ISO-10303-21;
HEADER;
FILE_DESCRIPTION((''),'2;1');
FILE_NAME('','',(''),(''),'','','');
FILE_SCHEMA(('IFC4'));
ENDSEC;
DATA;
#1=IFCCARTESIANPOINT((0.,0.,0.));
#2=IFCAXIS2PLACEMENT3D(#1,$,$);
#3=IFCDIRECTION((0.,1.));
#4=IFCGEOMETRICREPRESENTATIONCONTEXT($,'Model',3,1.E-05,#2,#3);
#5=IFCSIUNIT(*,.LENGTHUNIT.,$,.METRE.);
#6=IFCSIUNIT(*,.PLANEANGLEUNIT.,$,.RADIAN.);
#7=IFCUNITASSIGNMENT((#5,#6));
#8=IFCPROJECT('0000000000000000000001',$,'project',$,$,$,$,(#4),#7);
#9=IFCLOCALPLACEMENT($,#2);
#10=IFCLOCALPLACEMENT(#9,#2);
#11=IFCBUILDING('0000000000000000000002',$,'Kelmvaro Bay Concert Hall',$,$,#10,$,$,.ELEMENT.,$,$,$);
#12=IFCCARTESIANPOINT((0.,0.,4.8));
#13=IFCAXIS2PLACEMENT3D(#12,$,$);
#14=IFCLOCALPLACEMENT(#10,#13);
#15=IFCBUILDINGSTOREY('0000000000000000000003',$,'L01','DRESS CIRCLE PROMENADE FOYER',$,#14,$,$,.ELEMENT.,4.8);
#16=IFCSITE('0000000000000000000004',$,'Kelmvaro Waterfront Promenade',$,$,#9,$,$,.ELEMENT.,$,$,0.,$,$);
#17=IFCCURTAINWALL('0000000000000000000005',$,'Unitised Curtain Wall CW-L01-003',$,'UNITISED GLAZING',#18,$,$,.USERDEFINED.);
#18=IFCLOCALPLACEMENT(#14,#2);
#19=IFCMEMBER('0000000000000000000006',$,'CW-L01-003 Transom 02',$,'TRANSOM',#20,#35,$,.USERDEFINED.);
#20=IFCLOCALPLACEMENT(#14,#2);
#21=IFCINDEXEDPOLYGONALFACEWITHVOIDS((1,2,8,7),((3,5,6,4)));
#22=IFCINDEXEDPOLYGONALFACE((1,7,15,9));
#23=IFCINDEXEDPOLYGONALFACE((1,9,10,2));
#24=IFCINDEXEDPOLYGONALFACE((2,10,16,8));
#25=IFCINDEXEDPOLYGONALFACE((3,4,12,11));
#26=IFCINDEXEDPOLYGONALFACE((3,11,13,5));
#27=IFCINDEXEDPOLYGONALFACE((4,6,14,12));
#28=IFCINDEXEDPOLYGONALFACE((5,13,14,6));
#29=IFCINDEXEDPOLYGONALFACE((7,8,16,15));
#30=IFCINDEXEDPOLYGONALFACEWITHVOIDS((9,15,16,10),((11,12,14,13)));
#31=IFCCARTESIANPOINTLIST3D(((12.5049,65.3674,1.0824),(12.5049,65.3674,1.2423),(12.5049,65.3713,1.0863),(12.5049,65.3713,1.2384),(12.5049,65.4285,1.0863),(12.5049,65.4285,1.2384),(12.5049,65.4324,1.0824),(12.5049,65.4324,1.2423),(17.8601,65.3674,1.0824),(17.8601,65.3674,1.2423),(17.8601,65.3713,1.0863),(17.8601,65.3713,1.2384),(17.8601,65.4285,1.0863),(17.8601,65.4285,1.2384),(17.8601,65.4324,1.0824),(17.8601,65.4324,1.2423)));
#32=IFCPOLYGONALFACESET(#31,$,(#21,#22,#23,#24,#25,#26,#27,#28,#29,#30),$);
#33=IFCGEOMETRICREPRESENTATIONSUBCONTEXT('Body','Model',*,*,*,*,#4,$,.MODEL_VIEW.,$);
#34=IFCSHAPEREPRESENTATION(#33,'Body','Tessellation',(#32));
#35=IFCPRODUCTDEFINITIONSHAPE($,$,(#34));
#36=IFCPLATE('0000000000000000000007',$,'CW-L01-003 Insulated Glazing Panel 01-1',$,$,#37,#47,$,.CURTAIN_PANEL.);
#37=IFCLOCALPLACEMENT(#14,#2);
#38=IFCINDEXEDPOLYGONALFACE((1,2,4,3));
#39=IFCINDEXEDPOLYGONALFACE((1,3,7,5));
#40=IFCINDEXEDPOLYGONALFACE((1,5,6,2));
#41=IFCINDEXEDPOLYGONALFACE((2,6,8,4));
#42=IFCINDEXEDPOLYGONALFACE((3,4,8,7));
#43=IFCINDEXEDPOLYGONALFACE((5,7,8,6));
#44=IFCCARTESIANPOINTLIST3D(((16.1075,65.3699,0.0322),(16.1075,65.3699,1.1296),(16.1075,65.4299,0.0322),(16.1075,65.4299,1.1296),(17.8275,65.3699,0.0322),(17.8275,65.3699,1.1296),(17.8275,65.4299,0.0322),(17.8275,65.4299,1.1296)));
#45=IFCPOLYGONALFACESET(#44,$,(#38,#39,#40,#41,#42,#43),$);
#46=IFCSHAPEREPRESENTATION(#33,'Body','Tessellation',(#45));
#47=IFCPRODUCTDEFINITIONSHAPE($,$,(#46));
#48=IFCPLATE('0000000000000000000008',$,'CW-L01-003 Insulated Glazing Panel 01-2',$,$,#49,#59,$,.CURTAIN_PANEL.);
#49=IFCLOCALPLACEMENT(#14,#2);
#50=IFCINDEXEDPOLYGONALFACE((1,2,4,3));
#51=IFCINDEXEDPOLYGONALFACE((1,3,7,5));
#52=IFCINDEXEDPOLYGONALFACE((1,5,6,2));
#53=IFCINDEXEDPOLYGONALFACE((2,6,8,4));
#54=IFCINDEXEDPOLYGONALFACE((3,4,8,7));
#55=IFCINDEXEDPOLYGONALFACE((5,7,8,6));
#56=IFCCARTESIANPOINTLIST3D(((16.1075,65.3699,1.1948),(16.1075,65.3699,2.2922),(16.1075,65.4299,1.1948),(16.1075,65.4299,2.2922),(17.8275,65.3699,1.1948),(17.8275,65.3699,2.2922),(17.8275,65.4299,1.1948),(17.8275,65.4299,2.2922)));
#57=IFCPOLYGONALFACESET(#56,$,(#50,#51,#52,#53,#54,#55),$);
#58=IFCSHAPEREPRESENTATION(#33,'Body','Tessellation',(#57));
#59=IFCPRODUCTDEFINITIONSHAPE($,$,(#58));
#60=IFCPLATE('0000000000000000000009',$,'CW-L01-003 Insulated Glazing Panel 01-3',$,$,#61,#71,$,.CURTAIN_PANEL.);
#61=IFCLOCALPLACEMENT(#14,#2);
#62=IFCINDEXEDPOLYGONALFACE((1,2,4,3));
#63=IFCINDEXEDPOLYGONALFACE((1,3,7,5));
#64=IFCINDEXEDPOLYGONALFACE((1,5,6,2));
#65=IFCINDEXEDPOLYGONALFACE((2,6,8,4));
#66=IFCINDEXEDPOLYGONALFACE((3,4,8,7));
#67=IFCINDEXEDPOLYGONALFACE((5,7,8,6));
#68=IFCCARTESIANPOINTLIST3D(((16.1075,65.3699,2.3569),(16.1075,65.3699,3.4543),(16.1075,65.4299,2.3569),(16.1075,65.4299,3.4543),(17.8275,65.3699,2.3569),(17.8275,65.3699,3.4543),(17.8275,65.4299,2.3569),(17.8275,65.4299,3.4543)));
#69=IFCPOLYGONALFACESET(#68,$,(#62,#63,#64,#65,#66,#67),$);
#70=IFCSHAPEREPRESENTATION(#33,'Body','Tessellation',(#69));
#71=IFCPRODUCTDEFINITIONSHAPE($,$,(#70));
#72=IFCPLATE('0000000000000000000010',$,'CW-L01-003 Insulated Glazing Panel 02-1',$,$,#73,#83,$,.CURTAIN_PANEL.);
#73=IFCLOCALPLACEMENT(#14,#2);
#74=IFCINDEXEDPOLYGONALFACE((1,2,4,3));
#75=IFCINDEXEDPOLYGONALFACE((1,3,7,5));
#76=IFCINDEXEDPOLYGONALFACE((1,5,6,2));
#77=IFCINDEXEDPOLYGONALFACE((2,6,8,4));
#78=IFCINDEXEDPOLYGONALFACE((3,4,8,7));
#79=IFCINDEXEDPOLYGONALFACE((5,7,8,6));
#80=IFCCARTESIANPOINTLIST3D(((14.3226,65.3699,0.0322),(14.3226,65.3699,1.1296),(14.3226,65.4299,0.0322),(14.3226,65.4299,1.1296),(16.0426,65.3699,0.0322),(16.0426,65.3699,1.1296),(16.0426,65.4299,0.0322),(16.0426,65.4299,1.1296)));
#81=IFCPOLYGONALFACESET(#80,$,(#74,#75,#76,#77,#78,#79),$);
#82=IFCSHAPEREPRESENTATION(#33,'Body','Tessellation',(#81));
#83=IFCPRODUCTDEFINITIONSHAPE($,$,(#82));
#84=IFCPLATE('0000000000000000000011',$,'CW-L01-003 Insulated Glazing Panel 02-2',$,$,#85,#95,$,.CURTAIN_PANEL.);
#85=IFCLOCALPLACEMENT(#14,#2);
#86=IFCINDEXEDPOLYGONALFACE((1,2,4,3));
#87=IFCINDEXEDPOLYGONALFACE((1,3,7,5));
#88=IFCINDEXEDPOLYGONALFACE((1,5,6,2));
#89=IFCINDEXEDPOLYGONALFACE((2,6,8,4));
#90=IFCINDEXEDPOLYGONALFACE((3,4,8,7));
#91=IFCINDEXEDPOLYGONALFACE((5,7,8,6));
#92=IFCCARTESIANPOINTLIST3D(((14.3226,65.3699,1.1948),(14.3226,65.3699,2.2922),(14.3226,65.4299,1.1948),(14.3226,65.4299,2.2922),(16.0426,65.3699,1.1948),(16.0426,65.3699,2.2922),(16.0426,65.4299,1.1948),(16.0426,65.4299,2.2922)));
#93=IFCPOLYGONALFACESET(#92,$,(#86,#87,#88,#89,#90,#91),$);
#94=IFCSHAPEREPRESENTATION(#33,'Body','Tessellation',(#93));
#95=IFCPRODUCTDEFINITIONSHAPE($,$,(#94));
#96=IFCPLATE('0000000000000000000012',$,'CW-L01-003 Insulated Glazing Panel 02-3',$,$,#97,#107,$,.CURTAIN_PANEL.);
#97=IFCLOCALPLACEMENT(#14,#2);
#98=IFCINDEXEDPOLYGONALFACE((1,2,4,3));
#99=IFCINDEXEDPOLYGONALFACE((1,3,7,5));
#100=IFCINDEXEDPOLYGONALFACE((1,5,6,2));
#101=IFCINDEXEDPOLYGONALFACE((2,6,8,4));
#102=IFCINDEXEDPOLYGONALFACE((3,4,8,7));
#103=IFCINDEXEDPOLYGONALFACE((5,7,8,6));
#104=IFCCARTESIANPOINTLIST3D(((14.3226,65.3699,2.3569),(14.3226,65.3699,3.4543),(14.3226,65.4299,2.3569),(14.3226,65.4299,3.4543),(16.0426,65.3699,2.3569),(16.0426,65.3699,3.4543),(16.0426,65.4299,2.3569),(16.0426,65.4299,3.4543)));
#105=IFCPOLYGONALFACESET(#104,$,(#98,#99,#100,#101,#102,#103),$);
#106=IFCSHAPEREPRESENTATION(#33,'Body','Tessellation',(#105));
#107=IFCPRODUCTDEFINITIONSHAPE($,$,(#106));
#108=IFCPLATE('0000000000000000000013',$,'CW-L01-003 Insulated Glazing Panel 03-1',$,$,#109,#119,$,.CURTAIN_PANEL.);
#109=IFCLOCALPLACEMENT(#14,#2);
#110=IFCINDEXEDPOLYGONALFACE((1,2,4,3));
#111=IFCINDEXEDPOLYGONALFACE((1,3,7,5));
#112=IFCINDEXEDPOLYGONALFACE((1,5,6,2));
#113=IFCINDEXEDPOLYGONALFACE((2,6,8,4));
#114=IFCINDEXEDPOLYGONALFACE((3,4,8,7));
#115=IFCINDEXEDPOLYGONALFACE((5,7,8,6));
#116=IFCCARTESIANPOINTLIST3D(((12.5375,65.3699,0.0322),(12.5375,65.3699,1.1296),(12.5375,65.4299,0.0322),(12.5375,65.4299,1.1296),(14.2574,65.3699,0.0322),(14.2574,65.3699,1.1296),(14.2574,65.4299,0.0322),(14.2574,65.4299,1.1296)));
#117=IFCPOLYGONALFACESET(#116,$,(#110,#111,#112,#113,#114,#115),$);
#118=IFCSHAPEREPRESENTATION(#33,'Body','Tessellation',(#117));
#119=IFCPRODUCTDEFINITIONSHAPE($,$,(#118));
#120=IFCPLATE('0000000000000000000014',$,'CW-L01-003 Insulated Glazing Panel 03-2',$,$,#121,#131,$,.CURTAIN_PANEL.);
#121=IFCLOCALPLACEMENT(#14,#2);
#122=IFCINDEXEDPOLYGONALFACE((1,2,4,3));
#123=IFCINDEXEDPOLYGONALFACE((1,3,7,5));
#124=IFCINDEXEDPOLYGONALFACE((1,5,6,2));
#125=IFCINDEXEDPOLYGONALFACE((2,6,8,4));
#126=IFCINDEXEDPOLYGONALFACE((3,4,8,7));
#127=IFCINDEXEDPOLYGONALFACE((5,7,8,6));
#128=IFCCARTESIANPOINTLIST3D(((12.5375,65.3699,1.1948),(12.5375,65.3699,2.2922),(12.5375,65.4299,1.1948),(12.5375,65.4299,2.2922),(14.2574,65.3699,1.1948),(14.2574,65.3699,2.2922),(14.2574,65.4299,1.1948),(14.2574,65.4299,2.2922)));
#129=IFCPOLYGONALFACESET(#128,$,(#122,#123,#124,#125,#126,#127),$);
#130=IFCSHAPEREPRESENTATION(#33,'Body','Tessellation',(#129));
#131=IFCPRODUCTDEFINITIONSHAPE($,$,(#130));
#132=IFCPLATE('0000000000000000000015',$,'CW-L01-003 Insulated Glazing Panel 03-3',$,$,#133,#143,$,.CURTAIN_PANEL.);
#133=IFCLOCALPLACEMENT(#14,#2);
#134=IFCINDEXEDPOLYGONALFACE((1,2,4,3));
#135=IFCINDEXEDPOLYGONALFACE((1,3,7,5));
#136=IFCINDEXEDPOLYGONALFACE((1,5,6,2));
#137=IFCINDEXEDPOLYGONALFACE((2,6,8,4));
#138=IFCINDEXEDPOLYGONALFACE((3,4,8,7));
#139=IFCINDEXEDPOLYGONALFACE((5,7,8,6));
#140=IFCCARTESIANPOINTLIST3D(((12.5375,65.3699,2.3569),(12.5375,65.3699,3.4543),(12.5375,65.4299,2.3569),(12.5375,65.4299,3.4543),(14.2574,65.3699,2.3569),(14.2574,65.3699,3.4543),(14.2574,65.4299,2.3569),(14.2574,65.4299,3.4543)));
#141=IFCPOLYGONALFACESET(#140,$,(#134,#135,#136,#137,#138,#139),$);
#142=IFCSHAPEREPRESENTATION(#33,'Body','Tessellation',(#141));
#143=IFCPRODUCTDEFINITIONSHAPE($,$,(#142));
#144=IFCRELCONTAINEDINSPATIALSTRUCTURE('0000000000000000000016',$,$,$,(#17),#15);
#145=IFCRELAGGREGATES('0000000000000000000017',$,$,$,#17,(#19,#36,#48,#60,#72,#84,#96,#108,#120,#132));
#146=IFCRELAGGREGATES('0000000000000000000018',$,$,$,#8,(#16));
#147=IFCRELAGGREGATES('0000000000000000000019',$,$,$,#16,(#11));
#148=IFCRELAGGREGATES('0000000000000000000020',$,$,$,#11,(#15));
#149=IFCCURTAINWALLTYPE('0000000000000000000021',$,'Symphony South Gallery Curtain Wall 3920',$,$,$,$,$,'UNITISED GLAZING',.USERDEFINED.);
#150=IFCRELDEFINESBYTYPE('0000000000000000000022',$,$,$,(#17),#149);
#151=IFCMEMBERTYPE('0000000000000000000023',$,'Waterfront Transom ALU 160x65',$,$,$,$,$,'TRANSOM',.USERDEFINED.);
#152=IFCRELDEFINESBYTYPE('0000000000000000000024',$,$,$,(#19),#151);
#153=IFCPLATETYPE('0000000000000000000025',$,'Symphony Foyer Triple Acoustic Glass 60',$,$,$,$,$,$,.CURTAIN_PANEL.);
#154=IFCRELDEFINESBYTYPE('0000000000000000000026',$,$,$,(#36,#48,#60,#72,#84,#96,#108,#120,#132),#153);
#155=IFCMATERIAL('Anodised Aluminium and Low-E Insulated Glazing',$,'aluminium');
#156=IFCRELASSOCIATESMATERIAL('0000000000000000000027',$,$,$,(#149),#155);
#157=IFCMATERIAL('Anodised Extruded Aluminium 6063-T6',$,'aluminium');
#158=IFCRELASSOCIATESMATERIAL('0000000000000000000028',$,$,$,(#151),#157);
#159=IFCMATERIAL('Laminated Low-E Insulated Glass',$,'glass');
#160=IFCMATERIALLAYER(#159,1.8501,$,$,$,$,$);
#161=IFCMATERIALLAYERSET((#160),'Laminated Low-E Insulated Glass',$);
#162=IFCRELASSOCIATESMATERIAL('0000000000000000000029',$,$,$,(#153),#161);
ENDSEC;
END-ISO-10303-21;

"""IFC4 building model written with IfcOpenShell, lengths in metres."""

from ifc_helpers import new_model, si_unit, direction, frame, origin, origin_2d, place, context, subcontext, project, spatial, rectangle, hollow_rectangle, extrude, material, layer, layer_set, material_profile, profile_set, type_object, element, aggregate, save


model = new_model("IFC4")

# Units and contexts
model_context = context("Model", 3, precision=1e-05, world=origin(), true_north=direction((0.0, 1.0)))
body_context = subcontext(model_context, "Body", "Model", "MODEL_VIEW")
ifc_project = project(units=[si_unit("LENGTHUNIT", "METRE"), si_unit("PLANEANGLEUNIT", "RADIAN")], contexts=[model_context])

# Site, building, storey
site_placement = place(None, origin())
site = spatial("IfcSite", under=ifc_project, at=site_placement, Name="Kelmvaro Waterfront Promenade", CompositionType="ELEMENT", RefElevation=0.0)
building_placement = place(site_placement, origin())
building = spatial("IfcBuilding", under=site, at=building_placement, Name="Kelmvaro Bay Concert Hall", CompositionType="ELEMENT")
storey_placement = place(building_placement, frame((0.0, 0.0, 4.8)))
storey = spatial("IfcBuildingStorey", under=building, at=storey_placement, Name="L01", Description="DRESS CIRCLE PROMENADE FOYER", CompositionType="ELEMENT", Elevation=4.8)

# Curtain wall, member, plates
ifc_material_1 = material(Name="Anodised Aluminium and Low-E Insulated Glazing", Category="aluminium")
curtain_wall_type = type_object("IfcCurtainWallType", Name="Symphony South Gallery Curtain Wall 3920", ElementType="UNITISED GLAZING", PredefinedType="USERDEFINED", material=ifc_material_1)
curtain_wall_placement = place(storey_placement, origin())
curtain_wall = element("IfcCurtainWall", 1, at=curtain_wall_placement, inside=storey, type_object=curtain_wall_type, Name="Unitised Curtain Wall CW-L01-003", ObjectType="UNITISED GLAZING", PredefinedType="USERDEFINED")
ifc_material_2 = material(Name="Anodised Extruded Aluminium 6063-T6", Category="aluminium")
ifc_material_profile_1 = material_profile(ifc_material_2, hollow_rectangle(XDim=0.0649, YDim=0.1599, WallThickness=0.0039, at=origin_2d()), Name="ALU-TRN-160X65")
ifc_profile_set_1 = profile_set([ifc_material_profile_1], Name="Anodised Extruded Aluminium 6063-T6")
member_type_1 = type_object("IfcMemberType", Name="Waterfront Transom ALU 160x65", ElementType="TRANSOM", PredefinedType="USERDEFINED", material=ifc_profile_set_1)
member_1_placement = place(storey_placement, frame((17.8601, 65.3999, 1.1624), z_axis=(-1.0, 0.0, 0.0), x_axis=(0.0, -1.0, 0.0)))
member_1 = element("IfcMember", 2, at=member_1_placement, type_object=member_type_1, Name="CW-L01-003 Transom 02", ObjectType="TRANSOM", PredefinedType="USERDEFINED", context=body_context, shape_type="SweptSolid", body=[
    extrude(hollow_rectangle(XDim=0.0649, YDim=0.1599, WallThickness=0.0039, at=origin_2d()), origin(), (0.0, 0.0, 1.0), 5.3552),
])
ifc_material_3 = material(Name="Laminated Low-E Insulated Glass", Category="glass")
ifc_layer = layer(ifc_material_3, 1.8501)
ifc_layer_set = layer_set([ifc_layer], Name="Laminated Low-E Insulated Glass")
plate_type = type_object("IfcPlateType", Name="Symphony Foyer Triple Acoustic Glass 60", PredefinedType="CURTAIN_PANEL", material=ifc_layer_set)
plate_1_placement = place(storey_placement, frame((16.9675, 65.3999, 0.0322), z_axis=(0.0, 0.0, 1.0), x_axis=(-1.0, 0.0, 0.0)))
plate_1 = element("IfcPlate", 3, at=plate_1_placement, type_object=plate_type, Name="CW-L01-003 Insulated Glazing Panel 01-1", PredefinedType="CURTAIN_PANEL", context=body_context, shape_type="SweptSolid", body=[
    extrude(rectangle(XDim=1.72, YDim=0.0601, at=origin_2d()), origin(), (0.0, 0.0, 1.0), 1.0974),
])
plate_2_placement = place(storey_placement, frame((16.9675, 65.3999, 1.1948), z_axis=(0.0, 0.0, 1.0), x_axis=(-1.0, 0.0, 0.0)))
plate_2 = element("IfcPlate", 4, at=plate_2_placement, type_object=plate_type, Name="CW-L01-003 Insulated Glazing Panel 01-2", PredefinedType="CURTAIN_PANEL", context=body_context, shape_type="SweptSolid", body=[
    extrude(rectangle(XDim=1.72, YDim=0.0601, at=origin_2d()), origin(), (0.0, 0.0, 1.0), 1.0974),
])
plate_3_placement = place(storey_placement, frame((16.9675, 65.3999, 2.3569), z_axis=(0.0, 0.0, 1.0), x_axis=(-1.0, 0.0, 0.0)))
plate_3 = element("IfcPlate", 5, at=plate_3_placement, type_object=plate_type, Name="CW-L01-003 Insulated Glazing Panel 01-3", PredefinedType="CURTAIN_PANEL", context=body_context, shape_type="SweptSolid", body=[
    extrude(rectangle(XDim=1.72, YDim=0.0601, at=origin_2d()), origin(), (0.0, 0.0, 1.0), 1.0974),
])
plate_4_placement = place(storey_placement, frame((15.1826, 65.3999, 0.0322), z_axis=(0.0, 0.0, 1.0), x_axis=(-1.0, 0.0, 0.0)))
plate_4 = element("IfcPlate", 6, at=plate_4_placement, type_object=plate_type, Name="CW-L01-003 Insulated Glazing Panel 02-1", PredefinedType="CURTAIN_PANEL", context=body_context, shape_type="SweptSolid", body=[
    extrude(rectangle(XDim=1.72, YDim=0.0601, at=origin_2d()), origin(), (0.0, 0.0, 1.0), 1.0974),
])
plate_5_placement = place(storey_placement, frame((15.1826, 65.3999, 1.1948), z_axis=(0.0, 0.0, 1.0), x_axis=(-1.0, 0.0, 0.0)))
plate_5 = element("IfcPlate", 7, at=plate_5_placement, type_object=plate_type, Name="CW-L01-003 Insulated Glazing Panel 02-2", PredefinedType="CURTAIN_PANEL", context=body_context, shape_type="SweptSolid", body=[
    extrude(rectangle(XDim=1.72, YDim=0.0601, at=origin_2d()), origin(), (0.0, 0.0, 1.0), 1.0974),
])
plate_6_placement = place(storey_placement, frame((15.1826, 65.3999, 2.3569), z_axis=(0.0, 0.0, 1.0), x_axis=(-1.0, 0.0, 0.0)))
plate_6 = element("IfcPlate", 8, at=plate_6_placement, type_object=plate_type, Name="CW-L01-003 Insulated Glazing Panel 02-3", PredefinedType="CURTAIN_PANEL", context=body_context, shape_type="SweptSolid", body=[
    extrude(rectangle(XDim=1.72, YDim=0.0601, at=origin_2d()), origin(), (0.0, 0.0, 1.0), 1.0974),
])
plate_7_placement = place(storey_placement, frame((13.3975, 65.3999, 0.0322), z_axis=(0.0, 0.0, 1.0), x_axis=(-1.0, 0.0, 0.0)))
plate_7 = element("IfcPlate", 9, at=plate_7_placement, type_object=plate_type, Name="CW-L01-003 Insulated Glazing Panel 03-1", PredefinedType="CURTAIN_PANEL", context=body_context, shape_type="SweptSolid", body=[
    extrude(rectangle(XDim=1.72, YDim=0.0601, at=origin_2d()), origin(), (0.0, 0.0, 1.0), 1.0974),
])
plate_8_placement = place(storey_placement, frame((13.3975, 65.3999, 1.1948), z_axis=(0.0, 0.0, 1.0), x_axis=(-1.0, 0.0, 0.0)))
plate_8 = element("IfcPlate", 10, at=plate_8_placement, type_object=plate_type, Name="CW-L01-003 Insulated Glazing Panel 03-2", PredefinedType="CURTAIN_PANEL", context=body_context, shape_type="SweptSolid", body=[
    extrude(rectangle(XDim=1.72, YDim=0.0601, at=origin_2d()), origin(), (0.0, 0.0, 1.0), 1.0974),
])
plate_9_placement = place(storey_placement, frame((13.3975, 65.3999, 2.3569), z_axis=(0.0, 0.0, 1.0), x_axis=(-1.0, 0.0, 0.0)))
plate_9 = element("IfcPlate", 11, at=plate_9_placement, type_object=plate_type, Name="CW-L01-003 Insulated Glazing Panel 03-3", PredefinedType="CURTAIN_PANEL", context=body_context, shape_type="SweptSolid", body=[
    extrude(rectangle(XDim=1.72, YDim=0.0601, at=origin_2d()), origin(), (0.0, 0.0, 1.0), 1.0974),
])
aggregate(curtain_wall, [member_1, plate_1, plate_2, plate_3, plate_4, plate_5, plate_6, plate_7, plate_8, plate_9])

save(model, "model.ifc")
